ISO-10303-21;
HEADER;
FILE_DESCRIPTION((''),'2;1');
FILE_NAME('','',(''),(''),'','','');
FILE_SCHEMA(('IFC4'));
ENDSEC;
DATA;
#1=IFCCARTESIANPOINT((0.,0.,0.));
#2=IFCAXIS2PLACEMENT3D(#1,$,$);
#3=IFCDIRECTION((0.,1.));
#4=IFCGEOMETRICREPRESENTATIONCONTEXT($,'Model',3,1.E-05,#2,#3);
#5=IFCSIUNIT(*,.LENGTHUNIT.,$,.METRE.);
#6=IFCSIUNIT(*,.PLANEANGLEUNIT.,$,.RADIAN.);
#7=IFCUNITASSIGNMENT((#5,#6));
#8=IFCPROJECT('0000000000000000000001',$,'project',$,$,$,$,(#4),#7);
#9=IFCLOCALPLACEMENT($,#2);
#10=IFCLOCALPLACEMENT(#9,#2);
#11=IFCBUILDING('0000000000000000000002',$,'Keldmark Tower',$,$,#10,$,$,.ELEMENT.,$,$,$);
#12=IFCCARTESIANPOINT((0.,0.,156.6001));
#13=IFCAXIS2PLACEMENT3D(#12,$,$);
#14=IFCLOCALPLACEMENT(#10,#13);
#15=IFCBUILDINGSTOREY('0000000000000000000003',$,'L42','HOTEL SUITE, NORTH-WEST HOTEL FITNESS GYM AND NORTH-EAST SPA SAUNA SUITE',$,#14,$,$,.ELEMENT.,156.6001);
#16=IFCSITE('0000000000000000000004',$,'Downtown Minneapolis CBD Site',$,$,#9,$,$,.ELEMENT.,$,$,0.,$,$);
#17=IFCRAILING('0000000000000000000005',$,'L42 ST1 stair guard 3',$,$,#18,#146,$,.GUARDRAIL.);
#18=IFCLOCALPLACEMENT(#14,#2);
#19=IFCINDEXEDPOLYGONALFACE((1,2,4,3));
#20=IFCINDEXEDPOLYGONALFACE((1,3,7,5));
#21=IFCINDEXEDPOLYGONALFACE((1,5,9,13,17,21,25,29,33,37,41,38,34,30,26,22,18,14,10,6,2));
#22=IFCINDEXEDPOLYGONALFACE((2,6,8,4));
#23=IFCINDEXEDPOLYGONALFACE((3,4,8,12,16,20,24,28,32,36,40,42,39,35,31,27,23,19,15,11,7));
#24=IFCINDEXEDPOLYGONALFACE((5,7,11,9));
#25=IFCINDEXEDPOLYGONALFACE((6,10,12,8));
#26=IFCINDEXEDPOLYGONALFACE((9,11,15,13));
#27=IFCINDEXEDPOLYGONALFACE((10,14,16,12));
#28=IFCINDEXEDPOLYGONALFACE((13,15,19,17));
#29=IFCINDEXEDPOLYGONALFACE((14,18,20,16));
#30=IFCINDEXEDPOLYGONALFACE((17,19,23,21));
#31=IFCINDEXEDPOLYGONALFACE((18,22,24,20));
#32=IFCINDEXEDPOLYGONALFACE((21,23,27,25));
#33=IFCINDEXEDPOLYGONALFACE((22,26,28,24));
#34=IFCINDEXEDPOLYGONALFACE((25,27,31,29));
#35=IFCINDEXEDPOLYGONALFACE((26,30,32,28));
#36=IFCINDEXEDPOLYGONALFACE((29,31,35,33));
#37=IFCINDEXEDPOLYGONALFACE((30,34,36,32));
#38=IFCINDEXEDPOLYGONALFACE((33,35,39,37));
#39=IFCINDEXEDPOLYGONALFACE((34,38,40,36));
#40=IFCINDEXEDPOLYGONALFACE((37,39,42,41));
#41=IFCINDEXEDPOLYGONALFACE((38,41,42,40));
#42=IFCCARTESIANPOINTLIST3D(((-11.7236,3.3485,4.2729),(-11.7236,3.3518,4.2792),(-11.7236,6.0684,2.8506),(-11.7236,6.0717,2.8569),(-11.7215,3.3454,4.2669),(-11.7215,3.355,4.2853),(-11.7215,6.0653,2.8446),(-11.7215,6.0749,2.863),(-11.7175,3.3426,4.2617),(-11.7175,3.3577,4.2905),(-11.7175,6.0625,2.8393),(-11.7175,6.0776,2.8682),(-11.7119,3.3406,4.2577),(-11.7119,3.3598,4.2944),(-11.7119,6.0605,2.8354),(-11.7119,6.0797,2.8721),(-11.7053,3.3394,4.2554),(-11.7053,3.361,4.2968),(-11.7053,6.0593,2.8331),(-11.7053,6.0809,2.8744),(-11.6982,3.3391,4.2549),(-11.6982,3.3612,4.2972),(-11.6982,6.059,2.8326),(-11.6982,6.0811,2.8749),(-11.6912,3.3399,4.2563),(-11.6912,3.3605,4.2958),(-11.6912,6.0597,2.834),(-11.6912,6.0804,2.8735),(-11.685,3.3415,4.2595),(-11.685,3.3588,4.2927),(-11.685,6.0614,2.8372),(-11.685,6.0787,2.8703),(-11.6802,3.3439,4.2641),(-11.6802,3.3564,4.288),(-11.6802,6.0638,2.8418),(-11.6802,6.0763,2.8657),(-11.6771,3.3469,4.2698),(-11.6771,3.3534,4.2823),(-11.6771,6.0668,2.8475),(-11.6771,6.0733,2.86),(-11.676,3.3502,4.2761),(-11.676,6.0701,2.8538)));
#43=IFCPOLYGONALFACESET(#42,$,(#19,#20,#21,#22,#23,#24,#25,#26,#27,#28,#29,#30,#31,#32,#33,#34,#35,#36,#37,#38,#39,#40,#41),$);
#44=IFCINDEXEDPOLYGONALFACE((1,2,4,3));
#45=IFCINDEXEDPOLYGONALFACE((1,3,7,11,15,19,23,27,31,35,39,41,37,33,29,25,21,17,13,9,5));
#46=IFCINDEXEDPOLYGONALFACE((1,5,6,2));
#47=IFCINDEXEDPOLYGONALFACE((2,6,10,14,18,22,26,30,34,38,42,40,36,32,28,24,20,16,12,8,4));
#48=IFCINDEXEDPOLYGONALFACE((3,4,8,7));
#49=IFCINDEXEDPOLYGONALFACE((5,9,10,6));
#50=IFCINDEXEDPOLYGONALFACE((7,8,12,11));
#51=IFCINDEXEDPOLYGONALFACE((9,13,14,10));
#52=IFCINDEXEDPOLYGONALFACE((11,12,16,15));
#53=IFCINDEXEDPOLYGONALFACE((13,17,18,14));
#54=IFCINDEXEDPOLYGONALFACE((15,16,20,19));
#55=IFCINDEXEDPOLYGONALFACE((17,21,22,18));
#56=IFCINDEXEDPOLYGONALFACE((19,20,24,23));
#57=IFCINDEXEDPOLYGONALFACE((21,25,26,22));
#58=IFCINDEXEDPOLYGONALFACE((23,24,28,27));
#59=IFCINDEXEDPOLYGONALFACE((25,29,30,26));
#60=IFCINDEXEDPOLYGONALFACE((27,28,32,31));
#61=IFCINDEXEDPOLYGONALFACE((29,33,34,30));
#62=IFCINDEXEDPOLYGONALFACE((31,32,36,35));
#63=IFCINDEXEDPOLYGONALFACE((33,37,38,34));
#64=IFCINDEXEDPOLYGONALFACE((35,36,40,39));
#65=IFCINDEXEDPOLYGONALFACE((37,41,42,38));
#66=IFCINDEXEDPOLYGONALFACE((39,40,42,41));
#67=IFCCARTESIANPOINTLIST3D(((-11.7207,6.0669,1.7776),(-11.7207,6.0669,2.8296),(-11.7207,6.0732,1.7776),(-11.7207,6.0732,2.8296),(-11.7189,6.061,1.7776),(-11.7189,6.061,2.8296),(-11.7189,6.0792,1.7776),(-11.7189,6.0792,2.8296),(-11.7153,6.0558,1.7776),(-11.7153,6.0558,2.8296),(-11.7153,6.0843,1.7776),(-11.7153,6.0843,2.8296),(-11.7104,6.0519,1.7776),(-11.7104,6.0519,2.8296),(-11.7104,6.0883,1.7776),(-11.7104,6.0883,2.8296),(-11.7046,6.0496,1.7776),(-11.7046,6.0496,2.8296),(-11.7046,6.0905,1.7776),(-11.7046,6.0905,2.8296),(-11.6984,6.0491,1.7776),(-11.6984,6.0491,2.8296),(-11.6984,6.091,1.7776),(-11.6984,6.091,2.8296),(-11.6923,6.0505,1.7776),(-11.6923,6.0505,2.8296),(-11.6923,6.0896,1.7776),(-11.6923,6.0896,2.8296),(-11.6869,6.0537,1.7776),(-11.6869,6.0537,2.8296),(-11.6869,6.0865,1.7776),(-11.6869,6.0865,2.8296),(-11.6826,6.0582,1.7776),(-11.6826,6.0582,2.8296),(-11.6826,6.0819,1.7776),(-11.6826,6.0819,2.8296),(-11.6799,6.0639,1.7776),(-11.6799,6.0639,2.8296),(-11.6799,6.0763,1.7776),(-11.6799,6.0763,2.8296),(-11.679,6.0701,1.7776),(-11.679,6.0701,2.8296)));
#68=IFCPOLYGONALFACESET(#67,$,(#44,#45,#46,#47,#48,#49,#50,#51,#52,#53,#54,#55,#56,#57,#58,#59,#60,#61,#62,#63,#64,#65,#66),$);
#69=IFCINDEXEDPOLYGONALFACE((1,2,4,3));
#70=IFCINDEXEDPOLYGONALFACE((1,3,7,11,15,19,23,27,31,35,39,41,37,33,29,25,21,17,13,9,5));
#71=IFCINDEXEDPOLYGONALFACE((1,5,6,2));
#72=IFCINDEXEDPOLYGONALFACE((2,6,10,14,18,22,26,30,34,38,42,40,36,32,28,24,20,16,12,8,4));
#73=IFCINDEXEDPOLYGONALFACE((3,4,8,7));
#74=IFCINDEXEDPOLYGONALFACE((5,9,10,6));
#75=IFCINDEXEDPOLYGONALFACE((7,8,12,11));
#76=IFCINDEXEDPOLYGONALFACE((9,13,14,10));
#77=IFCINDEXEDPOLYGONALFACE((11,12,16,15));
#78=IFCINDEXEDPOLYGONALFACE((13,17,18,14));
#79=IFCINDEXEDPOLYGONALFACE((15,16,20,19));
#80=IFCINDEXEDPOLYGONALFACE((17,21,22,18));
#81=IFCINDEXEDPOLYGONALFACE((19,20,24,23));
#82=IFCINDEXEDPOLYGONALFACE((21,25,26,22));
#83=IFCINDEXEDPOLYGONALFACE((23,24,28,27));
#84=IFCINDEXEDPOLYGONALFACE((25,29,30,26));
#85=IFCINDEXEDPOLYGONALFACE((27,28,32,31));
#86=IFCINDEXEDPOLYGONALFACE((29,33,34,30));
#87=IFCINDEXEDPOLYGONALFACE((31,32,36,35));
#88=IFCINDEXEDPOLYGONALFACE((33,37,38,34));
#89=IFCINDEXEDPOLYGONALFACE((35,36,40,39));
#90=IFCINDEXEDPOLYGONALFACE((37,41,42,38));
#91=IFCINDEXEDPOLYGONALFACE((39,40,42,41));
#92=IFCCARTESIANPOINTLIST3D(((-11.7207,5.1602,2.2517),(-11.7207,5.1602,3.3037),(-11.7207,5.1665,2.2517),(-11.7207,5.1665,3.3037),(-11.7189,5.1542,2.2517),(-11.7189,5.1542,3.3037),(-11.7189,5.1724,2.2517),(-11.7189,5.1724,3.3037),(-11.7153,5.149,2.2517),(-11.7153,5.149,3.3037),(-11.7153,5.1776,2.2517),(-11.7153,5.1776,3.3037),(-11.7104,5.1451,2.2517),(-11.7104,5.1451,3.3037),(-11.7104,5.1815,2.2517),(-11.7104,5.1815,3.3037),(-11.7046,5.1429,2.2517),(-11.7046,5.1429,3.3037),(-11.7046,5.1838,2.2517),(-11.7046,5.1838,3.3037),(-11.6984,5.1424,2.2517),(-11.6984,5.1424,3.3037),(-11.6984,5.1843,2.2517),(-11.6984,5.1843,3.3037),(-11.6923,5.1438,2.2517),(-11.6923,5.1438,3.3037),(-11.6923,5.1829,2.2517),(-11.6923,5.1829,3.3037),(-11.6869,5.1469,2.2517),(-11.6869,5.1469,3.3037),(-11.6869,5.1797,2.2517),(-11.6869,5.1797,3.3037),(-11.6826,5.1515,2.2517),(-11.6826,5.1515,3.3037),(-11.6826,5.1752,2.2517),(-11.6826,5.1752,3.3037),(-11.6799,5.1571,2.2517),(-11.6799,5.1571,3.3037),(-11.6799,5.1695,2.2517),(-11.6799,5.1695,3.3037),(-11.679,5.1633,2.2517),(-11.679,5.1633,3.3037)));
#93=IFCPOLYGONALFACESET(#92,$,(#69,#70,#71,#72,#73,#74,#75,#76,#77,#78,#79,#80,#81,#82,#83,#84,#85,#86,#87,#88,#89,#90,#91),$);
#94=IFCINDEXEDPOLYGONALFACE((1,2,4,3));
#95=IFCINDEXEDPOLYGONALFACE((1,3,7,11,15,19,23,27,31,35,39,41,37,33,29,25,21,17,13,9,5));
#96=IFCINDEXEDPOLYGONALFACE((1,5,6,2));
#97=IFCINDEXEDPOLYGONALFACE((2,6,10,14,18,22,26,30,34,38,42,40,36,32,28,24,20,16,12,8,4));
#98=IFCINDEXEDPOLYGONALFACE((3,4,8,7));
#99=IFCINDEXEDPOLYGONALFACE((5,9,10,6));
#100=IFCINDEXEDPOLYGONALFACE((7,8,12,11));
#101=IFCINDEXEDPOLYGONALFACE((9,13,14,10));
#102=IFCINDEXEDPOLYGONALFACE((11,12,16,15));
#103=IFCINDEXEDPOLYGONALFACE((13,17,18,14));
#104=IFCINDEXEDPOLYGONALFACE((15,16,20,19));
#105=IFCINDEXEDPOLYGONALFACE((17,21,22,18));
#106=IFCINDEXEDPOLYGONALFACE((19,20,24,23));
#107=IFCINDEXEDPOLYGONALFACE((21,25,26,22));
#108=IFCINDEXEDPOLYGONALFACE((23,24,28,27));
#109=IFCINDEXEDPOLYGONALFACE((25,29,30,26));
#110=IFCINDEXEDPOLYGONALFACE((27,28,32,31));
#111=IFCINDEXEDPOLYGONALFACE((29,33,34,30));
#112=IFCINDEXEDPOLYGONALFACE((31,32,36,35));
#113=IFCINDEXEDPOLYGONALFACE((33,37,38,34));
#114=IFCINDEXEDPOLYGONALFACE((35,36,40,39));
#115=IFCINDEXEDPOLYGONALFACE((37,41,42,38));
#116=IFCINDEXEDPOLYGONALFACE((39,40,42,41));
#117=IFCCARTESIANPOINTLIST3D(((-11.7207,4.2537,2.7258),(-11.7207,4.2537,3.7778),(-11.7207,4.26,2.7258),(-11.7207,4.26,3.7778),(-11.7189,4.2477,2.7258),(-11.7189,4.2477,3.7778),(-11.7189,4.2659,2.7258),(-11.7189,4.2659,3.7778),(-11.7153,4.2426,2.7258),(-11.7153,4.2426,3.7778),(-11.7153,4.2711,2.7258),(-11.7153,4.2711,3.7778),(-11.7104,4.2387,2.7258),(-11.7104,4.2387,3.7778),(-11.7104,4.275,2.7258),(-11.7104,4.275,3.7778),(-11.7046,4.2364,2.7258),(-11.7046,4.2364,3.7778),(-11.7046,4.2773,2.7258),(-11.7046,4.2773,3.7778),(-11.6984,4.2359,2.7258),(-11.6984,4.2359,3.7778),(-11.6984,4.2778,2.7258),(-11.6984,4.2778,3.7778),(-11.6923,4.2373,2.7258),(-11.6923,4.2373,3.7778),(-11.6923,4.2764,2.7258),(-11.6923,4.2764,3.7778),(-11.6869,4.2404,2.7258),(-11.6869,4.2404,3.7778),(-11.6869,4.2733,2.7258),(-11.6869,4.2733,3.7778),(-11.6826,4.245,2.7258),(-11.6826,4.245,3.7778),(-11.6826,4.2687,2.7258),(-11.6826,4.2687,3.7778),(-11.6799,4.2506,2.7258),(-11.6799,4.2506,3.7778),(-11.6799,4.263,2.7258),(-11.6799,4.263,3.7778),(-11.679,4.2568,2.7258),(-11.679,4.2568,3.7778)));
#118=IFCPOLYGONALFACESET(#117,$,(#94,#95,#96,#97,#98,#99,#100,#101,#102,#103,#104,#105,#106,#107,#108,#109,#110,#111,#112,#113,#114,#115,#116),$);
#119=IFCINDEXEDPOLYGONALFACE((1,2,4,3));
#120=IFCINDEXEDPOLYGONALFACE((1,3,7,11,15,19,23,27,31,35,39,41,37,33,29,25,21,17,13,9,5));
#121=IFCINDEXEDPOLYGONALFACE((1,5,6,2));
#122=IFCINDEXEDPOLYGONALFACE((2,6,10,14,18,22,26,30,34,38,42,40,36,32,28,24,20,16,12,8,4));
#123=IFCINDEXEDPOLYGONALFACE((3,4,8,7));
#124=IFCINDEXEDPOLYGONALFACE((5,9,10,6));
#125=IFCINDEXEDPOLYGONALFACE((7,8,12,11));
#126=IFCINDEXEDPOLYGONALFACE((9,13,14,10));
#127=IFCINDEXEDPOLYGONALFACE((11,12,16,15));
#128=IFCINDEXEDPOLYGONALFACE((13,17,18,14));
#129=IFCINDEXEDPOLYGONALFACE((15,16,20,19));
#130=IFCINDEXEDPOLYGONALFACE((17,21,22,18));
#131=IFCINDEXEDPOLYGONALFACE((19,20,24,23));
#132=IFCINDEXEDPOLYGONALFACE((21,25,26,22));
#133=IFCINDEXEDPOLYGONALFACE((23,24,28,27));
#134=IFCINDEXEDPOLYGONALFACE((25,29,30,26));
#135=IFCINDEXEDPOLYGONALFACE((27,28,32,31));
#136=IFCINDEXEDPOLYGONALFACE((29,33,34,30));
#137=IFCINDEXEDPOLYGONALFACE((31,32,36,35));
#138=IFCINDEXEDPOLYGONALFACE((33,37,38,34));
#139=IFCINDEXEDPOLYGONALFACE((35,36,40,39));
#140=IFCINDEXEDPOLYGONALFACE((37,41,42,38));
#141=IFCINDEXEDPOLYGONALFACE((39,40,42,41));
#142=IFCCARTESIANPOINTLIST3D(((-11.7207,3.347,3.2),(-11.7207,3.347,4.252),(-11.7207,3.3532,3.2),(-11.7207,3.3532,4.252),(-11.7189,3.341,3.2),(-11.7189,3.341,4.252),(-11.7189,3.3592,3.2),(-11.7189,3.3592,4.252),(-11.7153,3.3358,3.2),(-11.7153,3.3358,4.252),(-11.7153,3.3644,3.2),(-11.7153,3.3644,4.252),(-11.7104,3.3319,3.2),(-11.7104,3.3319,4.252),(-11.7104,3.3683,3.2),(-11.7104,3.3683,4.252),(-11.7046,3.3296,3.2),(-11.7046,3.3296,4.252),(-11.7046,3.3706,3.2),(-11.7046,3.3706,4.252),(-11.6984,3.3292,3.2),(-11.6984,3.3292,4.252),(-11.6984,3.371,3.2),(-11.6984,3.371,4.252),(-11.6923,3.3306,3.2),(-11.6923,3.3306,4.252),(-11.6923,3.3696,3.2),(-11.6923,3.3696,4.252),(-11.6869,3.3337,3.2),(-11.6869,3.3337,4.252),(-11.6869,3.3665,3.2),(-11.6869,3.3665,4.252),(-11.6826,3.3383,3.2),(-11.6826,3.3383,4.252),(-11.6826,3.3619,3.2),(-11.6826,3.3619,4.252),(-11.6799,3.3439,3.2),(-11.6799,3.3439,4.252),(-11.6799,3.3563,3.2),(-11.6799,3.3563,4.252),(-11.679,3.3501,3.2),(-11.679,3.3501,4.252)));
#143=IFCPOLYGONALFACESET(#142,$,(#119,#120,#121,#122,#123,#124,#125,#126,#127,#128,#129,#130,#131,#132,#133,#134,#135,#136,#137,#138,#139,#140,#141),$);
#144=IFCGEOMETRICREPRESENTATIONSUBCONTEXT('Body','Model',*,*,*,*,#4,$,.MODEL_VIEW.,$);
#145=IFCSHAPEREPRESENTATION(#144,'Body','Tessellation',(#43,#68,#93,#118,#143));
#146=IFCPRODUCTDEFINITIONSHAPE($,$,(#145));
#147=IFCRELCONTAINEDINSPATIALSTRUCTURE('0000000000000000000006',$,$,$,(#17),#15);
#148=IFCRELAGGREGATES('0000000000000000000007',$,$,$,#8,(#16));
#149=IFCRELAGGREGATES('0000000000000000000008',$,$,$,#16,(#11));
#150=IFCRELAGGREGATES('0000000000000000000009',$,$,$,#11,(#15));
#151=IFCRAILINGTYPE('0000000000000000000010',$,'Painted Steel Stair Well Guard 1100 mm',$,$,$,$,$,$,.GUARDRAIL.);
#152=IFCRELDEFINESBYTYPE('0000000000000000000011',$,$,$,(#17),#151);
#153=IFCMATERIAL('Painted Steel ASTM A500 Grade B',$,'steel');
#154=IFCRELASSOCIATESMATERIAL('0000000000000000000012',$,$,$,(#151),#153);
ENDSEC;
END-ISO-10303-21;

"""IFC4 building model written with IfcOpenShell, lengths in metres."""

from ifc_helpers import new_model, si_unit, direction, frame, origin, origin_2d, place, context, subcontext, project, spatial, circle, extrude, material, type_object, element, save


model = new_model("IFC4")

# Units and contexts
model_context = context("Model", 3, precision=1e-05, world=origin(), true_north=direction((0.0, 1.0)))
body_context = subcontext(model_context, "Body", "Model", "MODEL_VIEW")
ifc_project = project(units=[si_unit("LENGTHUNIT", "METRE"), si_unit("PLANEANGLEUNIT", "RADIAN")], contexts=[model_context])

# Site, building, storey
site_placement = place(None, origin())
site = spatial("IfcSite", under=ifc_project, at=site_placement, Name="Downtown Minneapolis CBD Site", CompositionType="ELEMENT", RefElevation=0.0)
building_placement = place(site_placement, origin())
building = spatial("IfcBuilding", under=site, at=building_placement, Name="Keldmark Tower", CompositionType="ELEMENT")
storey_placement = place(building_placement, frame((0.0, 0.0, 156.6001)))
storey = spatial("IfcBuildingStorey", under=building, at=storey_placement, Name="L42", Description="HOTEL SUITE, NORTH-WEST HOTEL FITNESS GYM AND NORTH-EAST SPA SAUNA SUITE", CompositionType="ELEMENT", Elevation=156.6001)

# Railing
ifc_material_1 = material(Name="Painted Steel ASTM A500 Grade B", Category="steel")
railing_type_1 = type_object("IfcRailingType", Name="Painted Steel Stair Well Guard 1100 mm", PredefinedType="GUARDRAIL", material=ifc_material_1)
railing_1_placement = place(storey_placement, frame((-11.7, 6.0701, 1.7776)))
element("IfcRailing", 1, at=railing_1_placement, inside=storey, type_object=railing_type_1, Name="L42 ST1 stair guard 3", PredefinedType="GUARDRAIL", context=body_context, shape_type="SweptSolid", body=[
    extrude(circle(Radius=0.0239, at=origin_2d()), frame((0.0, 0.0, 1.0762), z_axis=(0.0, -0.88615, 0.463398), x_axis=(1.0, 0.0, 0.0)), (0.0, 0.0, 1.0), 3.0693),
    extrude(circle(Radius=0.021, at=origin_2d()), origin(), (0.0, 0.0, 1.0), 1.052),
    extrude(circle(Radius=0.021, at=origin_2d()), frame((0.0, -0.9067, 0.4741)), (0.0, 0.0, 1.0), 1.052),
    extrude(circle(Radius=0.021, at=origin_2d()), frame((0.0, -1.8132, 0.9482)), (0.0, 0.0, 1.0), 1.052),
    extrude(circle(Radius=0.021, at=origin_2d()), frame((0.0, -2.72, 1.4224)), (0.0, 0.0, 1.0), 1.052),
])

save(model, "model.ifc")
